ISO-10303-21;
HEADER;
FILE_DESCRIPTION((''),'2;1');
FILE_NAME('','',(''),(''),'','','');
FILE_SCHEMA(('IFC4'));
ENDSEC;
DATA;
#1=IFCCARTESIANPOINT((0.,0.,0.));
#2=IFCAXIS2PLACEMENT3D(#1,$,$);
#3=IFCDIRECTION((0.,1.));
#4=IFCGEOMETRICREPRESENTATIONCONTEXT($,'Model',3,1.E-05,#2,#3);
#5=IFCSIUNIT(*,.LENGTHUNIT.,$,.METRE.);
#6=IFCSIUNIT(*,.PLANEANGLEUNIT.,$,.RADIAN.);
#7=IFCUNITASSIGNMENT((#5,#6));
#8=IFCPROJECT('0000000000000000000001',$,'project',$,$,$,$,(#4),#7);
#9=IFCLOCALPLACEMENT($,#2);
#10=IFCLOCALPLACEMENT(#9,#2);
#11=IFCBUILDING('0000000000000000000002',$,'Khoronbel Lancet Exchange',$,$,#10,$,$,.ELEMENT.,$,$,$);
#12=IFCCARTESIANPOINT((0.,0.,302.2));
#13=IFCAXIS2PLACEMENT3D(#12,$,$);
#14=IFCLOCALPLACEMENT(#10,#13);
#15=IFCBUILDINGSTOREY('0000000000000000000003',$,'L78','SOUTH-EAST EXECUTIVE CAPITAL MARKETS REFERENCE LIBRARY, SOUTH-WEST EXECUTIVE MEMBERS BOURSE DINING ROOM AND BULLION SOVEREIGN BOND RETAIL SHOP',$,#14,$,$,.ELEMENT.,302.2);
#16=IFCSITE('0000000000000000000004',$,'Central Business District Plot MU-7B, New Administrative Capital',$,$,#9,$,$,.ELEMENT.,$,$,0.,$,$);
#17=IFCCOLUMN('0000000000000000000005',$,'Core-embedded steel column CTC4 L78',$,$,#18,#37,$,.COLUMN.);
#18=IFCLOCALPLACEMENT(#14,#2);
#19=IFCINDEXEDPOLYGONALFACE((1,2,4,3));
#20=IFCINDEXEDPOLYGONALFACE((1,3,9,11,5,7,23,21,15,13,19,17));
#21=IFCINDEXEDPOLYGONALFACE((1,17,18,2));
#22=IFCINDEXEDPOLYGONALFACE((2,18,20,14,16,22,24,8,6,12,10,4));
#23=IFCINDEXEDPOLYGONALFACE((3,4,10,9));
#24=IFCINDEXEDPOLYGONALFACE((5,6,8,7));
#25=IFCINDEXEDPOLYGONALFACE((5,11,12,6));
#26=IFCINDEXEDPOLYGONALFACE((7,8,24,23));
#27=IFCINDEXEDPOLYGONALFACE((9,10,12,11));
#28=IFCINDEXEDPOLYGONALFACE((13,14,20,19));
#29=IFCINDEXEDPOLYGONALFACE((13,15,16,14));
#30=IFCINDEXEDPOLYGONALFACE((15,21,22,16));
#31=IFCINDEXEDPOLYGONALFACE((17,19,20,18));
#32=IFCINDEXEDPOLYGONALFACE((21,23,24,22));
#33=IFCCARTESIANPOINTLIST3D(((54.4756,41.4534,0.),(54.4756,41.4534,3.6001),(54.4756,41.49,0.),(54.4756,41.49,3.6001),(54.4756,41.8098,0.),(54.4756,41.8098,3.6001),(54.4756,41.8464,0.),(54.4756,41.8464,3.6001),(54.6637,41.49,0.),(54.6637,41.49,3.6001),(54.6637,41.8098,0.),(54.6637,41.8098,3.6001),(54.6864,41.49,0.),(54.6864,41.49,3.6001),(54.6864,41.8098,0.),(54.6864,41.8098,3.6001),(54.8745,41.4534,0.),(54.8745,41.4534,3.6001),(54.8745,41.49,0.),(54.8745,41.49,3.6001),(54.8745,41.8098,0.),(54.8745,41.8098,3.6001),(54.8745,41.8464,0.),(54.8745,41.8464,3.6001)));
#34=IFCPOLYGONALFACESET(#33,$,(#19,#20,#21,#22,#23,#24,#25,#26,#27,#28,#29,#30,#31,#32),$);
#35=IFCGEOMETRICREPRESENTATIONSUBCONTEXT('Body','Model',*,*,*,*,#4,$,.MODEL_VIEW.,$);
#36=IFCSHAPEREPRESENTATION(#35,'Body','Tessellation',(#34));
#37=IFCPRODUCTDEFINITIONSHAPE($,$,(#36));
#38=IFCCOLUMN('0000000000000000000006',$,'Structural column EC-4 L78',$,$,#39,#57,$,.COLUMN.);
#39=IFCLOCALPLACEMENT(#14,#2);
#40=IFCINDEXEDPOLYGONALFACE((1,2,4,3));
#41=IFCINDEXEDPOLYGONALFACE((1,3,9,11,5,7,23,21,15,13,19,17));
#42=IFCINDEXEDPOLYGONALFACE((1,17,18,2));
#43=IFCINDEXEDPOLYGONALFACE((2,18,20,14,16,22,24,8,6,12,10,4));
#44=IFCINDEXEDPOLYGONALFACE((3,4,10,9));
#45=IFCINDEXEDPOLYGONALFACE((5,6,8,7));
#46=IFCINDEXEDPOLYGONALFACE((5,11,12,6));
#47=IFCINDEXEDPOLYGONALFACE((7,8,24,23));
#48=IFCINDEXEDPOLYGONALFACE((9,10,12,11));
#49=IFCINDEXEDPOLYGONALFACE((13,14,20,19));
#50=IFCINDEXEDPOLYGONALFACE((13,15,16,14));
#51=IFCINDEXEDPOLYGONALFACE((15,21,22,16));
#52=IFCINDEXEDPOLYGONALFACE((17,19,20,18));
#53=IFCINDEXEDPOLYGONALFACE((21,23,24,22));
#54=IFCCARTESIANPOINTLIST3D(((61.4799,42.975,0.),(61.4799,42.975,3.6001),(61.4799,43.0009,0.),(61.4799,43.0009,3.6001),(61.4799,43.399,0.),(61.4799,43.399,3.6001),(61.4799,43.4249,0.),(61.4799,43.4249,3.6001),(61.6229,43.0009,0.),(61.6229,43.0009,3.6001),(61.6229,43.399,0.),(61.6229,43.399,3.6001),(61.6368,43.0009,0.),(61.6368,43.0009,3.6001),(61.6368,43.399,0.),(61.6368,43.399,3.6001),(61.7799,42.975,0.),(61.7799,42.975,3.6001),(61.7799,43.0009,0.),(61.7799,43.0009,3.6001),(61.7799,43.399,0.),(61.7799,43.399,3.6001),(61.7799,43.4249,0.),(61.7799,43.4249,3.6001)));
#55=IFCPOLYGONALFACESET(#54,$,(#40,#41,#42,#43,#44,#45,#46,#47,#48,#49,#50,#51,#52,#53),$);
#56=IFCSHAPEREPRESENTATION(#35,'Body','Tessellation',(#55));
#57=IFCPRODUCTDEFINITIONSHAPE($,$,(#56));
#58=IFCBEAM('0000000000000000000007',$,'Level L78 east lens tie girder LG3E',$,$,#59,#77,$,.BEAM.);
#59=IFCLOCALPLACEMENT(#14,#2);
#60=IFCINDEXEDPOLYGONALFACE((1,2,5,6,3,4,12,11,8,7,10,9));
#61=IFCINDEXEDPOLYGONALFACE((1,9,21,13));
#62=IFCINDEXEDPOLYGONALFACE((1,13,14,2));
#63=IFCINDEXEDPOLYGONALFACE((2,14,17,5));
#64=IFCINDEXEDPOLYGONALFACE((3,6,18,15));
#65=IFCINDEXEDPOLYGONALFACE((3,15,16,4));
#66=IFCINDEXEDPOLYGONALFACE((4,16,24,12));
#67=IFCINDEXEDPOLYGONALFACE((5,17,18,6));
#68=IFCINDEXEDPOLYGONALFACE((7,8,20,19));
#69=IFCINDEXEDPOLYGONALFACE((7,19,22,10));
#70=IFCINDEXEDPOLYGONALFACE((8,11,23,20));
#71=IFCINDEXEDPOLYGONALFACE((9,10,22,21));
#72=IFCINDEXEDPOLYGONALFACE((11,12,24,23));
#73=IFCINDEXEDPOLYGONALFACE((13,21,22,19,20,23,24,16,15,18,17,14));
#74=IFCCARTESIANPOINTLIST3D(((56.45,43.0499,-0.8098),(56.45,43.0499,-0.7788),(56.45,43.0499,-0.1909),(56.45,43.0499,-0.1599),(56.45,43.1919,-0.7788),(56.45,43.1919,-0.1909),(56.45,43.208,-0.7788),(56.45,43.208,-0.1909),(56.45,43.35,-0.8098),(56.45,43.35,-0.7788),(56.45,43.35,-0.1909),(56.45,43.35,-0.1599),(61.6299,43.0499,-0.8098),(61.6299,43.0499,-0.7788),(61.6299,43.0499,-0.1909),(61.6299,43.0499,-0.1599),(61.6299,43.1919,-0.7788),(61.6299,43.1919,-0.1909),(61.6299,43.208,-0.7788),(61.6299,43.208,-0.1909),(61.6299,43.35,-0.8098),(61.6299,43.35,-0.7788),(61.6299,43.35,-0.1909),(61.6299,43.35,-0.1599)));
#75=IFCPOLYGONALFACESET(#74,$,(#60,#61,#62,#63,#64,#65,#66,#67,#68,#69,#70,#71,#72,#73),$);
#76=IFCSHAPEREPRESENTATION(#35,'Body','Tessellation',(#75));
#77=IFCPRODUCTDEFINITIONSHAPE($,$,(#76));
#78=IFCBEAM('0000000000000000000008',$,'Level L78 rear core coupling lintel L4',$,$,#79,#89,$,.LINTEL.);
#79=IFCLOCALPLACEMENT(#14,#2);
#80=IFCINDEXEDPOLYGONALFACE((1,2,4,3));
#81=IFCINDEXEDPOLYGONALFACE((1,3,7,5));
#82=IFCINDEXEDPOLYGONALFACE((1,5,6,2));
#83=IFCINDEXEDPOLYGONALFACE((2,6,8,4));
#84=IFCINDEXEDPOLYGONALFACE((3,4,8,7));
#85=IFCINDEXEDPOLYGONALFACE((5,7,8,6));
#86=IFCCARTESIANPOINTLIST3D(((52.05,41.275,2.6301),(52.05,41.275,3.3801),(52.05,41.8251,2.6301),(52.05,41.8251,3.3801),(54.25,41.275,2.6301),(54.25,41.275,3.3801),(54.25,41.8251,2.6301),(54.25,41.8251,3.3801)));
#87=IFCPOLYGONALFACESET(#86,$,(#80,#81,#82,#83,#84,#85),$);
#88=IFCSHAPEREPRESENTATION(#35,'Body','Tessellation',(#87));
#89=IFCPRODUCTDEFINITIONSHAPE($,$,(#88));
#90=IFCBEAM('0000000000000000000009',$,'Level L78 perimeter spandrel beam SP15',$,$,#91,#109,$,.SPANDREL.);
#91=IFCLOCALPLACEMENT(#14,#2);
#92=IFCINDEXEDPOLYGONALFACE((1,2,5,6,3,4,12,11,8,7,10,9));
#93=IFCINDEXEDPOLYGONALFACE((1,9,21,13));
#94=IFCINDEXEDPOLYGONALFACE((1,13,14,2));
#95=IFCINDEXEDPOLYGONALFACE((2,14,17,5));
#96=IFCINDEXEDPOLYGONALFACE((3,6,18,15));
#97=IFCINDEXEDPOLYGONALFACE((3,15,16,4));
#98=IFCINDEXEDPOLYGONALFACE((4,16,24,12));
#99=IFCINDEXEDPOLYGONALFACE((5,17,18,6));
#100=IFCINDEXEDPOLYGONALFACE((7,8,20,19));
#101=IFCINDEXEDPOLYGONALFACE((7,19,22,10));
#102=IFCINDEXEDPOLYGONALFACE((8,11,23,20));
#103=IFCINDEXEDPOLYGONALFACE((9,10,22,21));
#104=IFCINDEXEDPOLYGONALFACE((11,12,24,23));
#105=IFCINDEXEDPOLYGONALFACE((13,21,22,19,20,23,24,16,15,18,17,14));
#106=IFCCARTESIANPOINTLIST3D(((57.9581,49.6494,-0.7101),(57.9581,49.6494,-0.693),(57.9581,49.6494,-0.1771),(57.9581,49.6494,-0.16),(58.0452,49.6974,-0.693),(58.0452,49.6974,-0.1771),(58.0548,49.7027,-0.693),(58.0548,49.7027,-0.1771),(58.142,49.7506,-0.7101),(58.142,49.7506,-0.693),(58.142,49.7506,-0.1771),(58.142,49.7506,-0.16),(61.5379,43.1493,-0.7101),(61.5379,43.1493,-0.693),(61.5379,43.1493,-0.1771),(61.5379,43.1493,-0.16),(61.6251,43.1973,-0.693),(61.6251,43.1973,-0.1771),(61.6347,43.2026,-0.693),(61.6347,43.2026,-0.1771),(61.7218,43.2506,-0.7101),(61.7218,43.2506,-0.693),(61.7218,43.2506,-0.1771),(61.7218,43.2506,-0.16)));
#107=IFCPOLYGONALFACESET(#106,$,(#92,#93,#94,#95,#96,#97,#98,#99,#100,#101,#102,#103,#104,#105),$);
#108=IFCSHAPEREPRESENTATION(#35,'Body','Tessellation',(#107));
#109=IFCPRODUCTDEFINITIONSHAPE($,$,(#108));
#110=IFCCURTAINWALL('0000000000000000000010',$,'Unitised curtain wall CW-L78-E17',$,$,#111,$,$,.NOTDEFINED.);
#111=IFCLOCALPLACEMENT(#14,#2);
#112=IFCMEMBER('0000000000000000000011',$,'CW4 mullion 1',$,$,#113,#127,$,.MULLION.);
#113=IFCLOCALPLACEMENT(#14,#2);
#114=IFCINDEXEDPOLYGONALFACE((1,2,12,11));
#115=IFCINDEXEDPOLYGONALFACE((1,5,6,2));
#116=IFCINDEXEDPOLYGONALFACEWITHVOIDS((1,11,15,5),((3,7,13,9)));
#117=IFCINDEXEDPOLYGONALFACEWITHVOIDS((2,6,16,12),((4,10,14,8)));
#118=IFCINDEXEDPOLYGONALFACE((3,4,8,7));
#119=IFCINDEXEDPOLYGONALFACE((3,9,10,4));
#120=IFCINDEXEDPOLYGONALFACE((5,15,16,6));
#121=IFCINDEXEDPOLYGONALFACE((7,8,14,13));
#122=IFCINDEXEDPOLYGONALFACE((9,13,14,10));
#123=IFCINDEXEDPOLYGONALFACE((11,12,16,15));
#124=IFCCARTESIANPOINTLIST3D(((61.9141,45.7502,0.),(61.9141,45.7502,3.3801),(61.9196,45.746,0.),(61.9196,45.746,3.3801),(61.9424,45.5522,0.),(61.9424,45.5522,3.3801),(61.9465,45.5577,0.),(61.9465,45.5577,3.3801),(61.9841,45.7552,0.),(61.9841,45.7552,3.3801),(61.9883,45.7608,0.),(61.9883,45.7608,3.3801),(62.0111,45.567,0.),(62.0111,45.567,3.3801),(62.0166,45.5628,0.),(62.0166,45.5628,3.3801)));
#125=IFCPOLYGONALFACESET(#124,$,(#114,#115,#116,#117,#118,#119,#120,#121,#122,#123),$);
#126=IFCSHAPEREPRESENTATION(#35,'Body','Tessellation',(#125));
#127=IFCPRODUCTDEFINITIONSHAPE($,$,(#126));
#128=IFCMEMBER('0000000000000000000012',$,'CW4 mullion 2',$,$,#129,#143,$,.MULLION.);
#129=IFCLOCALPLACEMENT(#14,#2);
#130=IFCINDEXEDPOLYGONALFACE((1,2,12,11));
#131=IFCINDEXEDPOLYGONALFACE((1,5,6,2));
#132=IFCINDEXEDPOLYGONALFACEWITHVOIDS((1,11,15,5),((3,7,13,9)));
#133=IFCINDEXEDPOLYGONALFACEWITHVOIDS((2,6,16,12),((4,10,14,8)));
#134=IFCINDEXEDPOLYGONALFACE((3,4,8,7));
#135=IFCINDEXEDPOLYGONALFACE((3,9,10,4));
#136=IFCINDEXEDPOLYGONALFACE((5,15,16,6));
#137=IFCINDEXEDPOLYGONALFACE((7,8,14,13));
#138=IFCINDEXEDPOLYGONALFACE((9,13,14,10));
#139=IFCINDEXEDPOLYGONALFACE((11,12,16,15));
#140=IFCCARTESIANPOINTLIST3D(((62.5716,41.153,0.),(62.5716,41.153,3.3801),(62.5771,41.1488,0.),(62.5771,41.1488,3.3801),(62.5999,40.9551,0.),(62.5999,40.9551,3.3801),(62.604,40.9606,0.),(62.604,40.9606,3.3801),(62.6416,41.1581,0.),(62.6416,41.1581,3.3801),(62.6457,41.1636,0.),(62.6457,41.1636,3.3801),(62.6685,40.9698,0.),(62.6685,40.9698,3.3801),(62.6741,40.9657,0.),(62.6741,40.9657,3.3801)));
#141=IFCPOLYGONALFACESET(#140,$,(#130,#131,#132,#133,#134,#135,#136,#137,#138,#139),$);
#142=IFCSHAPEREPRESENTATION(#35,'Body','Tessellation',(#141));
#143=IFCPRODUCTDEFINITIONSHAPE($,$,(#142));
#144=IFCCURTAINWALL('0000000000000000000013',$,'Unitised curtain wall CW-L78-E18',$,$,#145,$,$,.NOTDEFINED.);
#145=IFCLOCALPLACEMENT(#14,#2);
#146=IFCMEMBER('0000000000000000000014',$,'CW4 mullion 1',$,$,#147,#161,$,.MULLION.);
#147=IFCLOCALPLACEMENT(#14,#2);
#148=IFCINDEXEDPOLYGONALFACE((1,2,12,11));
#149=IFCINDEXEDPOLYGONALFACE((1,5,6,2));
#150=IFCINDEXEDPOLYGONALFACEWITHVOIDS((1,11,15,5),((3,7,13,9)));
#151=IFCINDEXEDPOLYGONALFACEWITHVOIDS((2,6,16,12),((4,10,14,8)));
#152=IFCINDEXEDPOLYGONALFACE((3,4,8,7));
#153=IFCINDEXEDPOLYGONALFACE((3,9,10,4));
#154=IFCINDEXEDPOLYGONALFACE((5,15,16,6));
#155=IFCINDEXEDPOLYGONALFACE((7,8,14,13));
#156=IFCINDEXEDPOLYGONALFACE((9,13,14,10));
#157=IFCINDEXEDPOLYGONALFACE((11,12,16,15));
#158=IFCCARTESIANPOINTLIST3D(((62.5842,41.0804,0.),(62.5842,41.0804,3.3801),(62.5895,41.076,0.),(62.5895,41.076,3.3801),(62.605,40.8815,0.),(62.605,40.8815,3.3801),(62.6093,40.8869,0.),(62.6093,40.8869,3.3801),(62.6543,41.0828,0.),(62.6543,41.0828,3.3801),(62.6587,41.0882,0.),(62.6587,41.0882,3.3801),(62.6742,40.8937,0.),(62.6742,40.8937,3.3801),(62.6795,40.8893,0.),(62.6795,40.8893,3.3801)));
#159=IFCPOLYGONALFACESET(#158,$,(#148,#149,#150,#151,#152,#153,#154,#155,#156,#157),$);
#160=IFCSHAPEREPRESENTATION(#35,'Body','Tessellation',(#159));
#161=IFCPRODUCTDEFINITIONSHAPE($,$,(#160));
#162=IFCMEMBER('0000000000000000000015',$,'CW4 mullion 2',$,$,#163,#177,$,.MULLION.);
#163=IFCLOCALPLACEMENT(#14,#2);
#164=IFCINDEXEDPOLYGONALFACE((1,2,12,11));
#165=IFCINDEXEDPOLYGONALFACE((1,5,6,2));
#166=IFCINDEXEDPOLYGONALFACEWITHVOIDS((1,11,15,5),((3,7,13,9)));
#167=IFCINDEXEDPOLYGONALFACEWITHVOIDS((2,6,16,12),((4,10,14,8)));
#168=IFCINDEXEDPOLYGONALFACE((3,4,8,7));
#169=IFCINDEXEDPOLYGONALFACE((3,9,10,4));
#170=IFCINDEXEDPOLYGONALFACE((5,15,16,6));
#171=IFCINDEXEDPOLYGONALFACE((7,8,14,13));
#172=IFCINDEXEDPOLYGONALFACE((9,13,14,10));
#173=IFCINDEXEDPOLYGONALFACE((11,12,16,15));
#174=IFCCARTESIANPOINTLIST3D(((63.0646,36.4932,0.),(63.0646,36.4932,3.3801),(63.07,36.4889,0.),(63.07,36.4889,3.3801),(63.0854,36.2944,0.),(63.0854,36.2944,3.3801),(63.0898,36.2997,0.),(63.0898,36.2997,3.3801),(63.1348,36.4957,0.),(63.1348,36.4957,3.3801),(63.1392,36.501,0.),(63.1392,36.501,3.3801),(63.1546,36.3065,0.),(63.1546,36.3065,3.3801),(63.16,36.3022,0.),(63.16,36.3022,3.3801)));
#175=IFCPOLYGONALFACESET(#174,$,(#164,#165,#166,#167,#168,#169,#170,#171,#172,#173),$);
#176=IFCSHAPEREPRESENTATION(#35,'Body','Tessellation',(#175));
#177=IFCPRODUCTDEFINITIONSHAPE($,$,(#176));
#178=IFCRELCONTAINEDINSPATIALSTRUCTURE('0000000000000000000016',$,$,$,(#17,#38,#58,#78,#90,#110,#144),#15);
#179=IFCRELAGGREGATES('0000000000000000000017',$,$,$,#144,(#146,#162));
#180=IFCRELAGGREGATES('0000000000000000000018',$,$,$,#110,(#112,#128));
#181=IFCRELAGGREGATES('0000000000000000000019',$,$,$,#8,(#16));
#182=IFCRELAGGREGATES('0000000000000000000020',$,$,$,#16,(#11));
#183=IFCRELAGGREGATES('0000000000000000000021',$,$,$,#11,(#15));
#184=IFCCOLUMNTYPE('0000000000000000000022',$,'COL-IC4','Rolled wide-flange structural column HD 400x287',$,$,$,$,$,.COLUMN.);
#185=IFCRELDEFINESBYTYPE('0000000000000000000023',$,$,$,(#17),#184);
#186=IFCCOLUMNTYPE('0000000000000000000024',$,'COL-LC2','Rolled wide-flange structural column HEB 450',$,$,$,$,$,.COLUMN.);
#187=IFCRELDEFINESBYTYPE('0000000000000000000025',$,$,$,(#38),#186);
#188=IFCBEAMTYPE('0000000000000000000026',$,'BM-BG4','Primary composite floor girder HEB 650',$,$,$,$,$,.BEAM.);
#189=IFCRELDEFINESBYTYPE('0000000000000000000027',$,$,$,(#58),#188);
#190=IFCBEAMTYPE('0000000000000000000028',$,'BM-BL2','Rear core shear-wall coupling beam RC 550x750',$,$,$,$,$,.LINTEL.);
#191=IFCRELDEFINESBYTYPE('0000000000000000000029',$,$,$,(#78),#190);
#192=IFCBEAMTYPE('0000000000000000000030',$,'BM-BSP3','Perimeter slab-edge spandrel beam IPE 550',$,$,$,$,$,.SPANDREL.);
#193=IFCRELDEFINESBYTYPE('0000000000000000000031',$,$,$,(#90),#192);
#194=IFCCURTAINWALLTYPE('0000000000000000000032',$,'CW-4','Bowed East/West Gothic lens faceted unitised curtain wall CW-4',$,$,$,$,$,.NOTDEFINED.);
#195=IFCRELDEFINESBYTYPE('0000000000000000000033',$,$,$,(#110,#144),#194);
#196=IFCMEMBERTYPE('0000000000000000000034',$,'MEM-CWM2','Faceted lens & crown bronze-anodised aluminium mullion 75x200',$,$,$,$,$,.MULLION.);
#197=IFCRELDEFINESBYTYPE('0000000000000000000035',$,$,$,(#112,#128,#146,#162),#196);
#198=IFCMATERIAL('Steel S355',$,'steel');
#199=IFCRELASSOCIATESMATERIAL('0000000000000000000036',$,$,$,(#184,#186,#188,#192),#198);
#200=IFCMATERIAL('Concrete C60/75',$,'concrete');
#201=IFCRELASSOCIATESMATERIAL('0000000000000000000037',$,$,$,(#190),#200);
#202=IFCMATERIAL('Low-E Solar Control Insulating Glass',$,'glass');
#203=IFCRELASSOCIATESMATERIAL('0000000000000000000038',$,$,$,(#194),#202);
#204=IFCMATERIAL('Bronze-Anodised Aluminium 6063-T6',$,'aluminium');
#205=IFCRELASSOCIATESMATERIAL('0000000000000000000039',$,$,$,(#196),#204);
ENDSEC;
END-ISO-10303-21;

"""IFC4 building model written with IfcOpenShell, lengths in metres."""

from ifc_helpers import new_model, si_unit, direction, frame, origin, origin_2d, place, context, subcontext, project, spatial, rectangle, hollow_rectangle, i_section, extrude, material, material_profile, profile_set, type_object, element, aggregate, save


model = new_model("IFC4")

# Units and contexts
model_context = context("Model", 3, precision=1e-05, world=origin(), true_north=direction((0.0, 1.0)))
body_context = subcontext(model_context, "Body", "Model", "MODEL_VIEW")
ifc_project = project(units=[si_unit("LENGTHUNIT", "METRE"), si_unit("PLANEANGLEUNIT", "RADIAN")], contexts=[model_context])

# Site, building, storey
site_placement = place(None, origin())
site = spatial("IfcSite", under=ifc_project, at=site_placement, Name="Central Business District Plot MU-7B, New Administrative Capital", CompositionType="ELEMENT", RefElevation=0.0)
building_placement = place(site_placement, origin())
building = spatial("IfcBuilding", under=site, at=building_placement, Name="Khoronbel Lancet Exchange", CompositionType="ELEMENT")
storey_placement = place(building_placement, frame((0.0, 0.0, 302.2)))
storey = spatial("IfcBuildingStorey", under=building, at=storey_placement, Name="L78", Description="SOUTH-EAST EXECUTIVE CAPITAL MARKETS REFERENCE LIBRARY, SOUTH-WEST EXECUTIVE MEMBERS BOURSE DINING ROOM AND BULLION SOVEREIGN BOND RETAIL SHOP", CompositionType="ELEMENT", Elevation=302.2)

# Columns
ifc_material_1 = material(Name="Steel S355", Category="steel")
ifc_material_profile_1 = material_profile(ifc_material_1, i_section(OverallWidth=0.3989, OverallDepth=0.3931, WebThickness=0.0227, FlangeThickness=0.0366, at=origin_2d()), Name="HD 400x287")
ifc_profile_set_1 = profile_set([ifc_material_profile_1], Name="Steel S355")
column_type_1 = type_object("IfcColumnType", Name="COL-IC4", Description="Rolled wide-flange structural column HD 400x287", PredefinedType="COLUMN", material=ifc_profile_set_1)
column_1_placement = place(storey_placement, frame((54.675, 41.6499, 0.0), z_axis=(0.0, 0.0, 1.0), x_axis=(1.0, 0.0, 0.0)))
element("IfcColumn", 1, at=column_1_placement, inside=storey, type_object=column_type_1, Name="Core-embedded steel column CTC4 L78", PredefinedType="COLUMN", context=body_context, shape_type="SweptSolid", body=[
    extrude(i_section(OverallWidth=0.3989, OverallDepth=0.3931, WebThickness=0.0227, FlangeThickness=0.0366, at=origin_2d()), origin(), (0.0, 0.0, 1.0), 3.6001),
])
ifc_material_profile_2 = material_profile(ifc_material_1, i_section(OverallWidth=0.3, OverallDepth=0.45, WebThickness=0.0139, FlangeThickness=0.0259, at=origin_2d()), Name="HEB 450")
ifc_profile_set_2 = profile_set([ifc_material_profile_2], Name="Steel S355")
column_type_2 = type_object("IfcColumnType", Name="COL-LC2", Description="Rolled wide-flange structural column HEB 450", PredefinedType="COLUMN", material=ifc_profile_set_2)
column_2_placement = place(storey_placement, frame((61.6299, 43.2, 0.0), z_axis=(0.0, 0.0, 1.0), x_axis=(1.0, 0.0, 0.0)))
element("IfcColumn", 2, at=column_2_placement, inside=storey, type_object=column_type_2, Name="Structural column EC-4 L78", PredefinedType="COLUMN", context=body_context, shape_type="SweptSolid", body=[
    extrude(i_section(OverallWidth=0.3, OverallDepth=0.45, WebThickness=0.0139, FlangeThickness=0.0259, at=origin_2d()), origin(), (0.0, 0.0, 1.0), 3.6001),
])

# Beams
ifc_material_profile_3 = material_profile(ifc_material_1, i_section(OverallWidth=0.3, OverallDepth=0.6499, WebThickness=0.0161, FlangeThickness=0.031, at=origin_2d()), Name="HEB 650")
ifc_profile_set_3 = profile_set([ifc_material_profile_3], Name="Steel S355")
beam_type_1 = type_object("IfcBeamType", Name="BM-BG4", Description="Primary composite floor girder HEB 650", PredefinedType="BEAM", material=ifc_profile_set_3)
beam_1_placement = place(storey_placement, frame((56.45, 43.2, -0.4849), z_axis=(1.0, 0.0, 0.0), x_axis=(0.0, 1.0, 0.0)))
element("IfcBeam", 3, at=beam_1_placement, inside=storey, type_object=beam_type_1, Name="Level L78 east lens tie girder LG3E", PredefinedType="BEAM", context=body_context, shape_type="SweptSolid", body=[
    extrude(i_section(OverallWidth=0.3, OverallDepth=0.6499, WebThickness=0.0161, FlangeThickness=0.031, at=origin_2d()), origin(), (0.0, 0.0, 1.0), 5.1799),
])
ifc_material_2 = material(Name="Concrete C60/75", Category="concrete")
ifc_material_profile_4 = material_profile(ifc_material_2, rectangle(XDim=0.55, YDim=0.75, at=origin_2d()), Name="RC 550x750")
ifc_profile_set_4 = profile_set([ifc_material_profile_4], Name="Concrete C60/75")
beam_type_2 = type_object("IfcBeamType", Name="BM-BL2", Description="Rear core shear-wall coupling beam RC 550x750", PredefinedType="LINTEL", material=ifc_profile_set_4)
beam_2_placement = place(storey_placement, frame((52.05, 41.55, 3.0051), z_axis=(1.0, 0.0, 0.0), x_axis=(0.0, 1.0, 0.0)))
element("IfcBeam", 4, at=beam_2_placement, inside=storey, type_object=beam_type_2, Name="Level L78 rear core coupling lintel L4", PredefinedType="LINTEL", context=body_context, shape_type="SweptSolid", body=[
    extrude(rectangle(XDim=0.55, YDim=0.75, at=origin_2d()), origin(), (0.0, 0.0, 1.0), 2.2),
])
ifc_material_profile_5 = material_profile(ifc_material_1, i_section(OverallWidth=0.21, OverallDepth=0.55, WebThickness=0.011, FlangeThickness=0.0171, at=origin_2d()), Name="IPE 550")
ifc_profile_set_5 = profile_set([ifc_material_profile_5], Name="Steel S355")
beam_type_3 = type_object("IfcBeamType", Name="BM-BSP3", Description="Perimeter slab-edge spandrel beam IPE 550", PredefinedType="SPANDREL", material=ifc_profile_set_5)
beam_3_placement = place(storey_placement, frame((61.6299, 43.2, -0.4351), z_axis=(-0.482419, 0.875941, 0.0), x_axis=(-0.875941, -0.482419, 0.0)))
element("IfcBeam", 5, at=beam_3_placement, inside=storey, type_object=beam_type_3, Name="Level L78 perimeter spandrel beam SP15", PredefinedType="SPANDREL", context=body_context, shape_type="SweptSolid", body=[
    extrude(i_section(OverallWidth=0.21, OverallDepth=0.55, WebThickness=0.011, FlangeThickness=0.0171, at=origin_2d()), origin(), (0.0, 0.0, 1.0), 7.4207),
])

# Curtain walls, members
ifc_material_3 = material(Name="Low-E Solar Control Insulating Glass", Category="glass")
curtain_wall_type = type_object("IfcCurtainWallType", Name="CW-4", Description="Bowed East/West Gothic lens faceted unitised curtain wall CW-4", PredefinedType="NOTDEFINED", material=ifc_material_3)
curtain_wall_1_placement = place(storey_placement, origin())
curtain_wall_1 = element("IfcCurtainWall", 6, at=curtain_wall_1_placement, inside=storey, type_object=curtain_wall_type, Name="Unitised curtain wall CW-L78-E17", PredefinedType="NOTDEFINED")
ifc_material_4 = material(Name="Bronze-Anodised Aluminium 6063-T6", Category="aluminium")
ifc_material_profile_6 = material_profile(ifc_material_4, hollow_rectangle(XDim=0.075, YDim=0.2, WallThickness=0.0049, at=origin_2d()), Name="ALU MULLION 75x200")
ifc_profile_set_6 = profile_set([ifc_material_profile_6], Name="Bronze-Anodised Aluminium 6063-T6")
member_type_1 = type_object("IfcMemberType", Name="MEM-CWM2", Description="Faceted lens & crown bronze-anodised aluminium mullion 75x200", PredefinedType="MULLION", material=ifc_profile_set_6)
member_1_placement = place(storey_placement, frame((61.9653, 45.6565, 0.0), z_axis=(0.0, 0.0, 1.0), x_axis=(0.98993, 0.141558, 0.0)))
member_1 = element("IfcMember", 7, at=member_1_placement, type_object=member_type_1, Name="CW4 mullion 1", PredefinedType="MULLION", context=body_context, shape_type="SweptSolid", body=[
    extrude(hollow_rectangle(XDim=0.075, YDim=0.2, WallThickness=0.0049, at=origin_2d()), origin(), (0.0, 0.0, 1.0), 3.3801),
])
member_2_placement = place(storey_placement, frame((62.6228, 41.0593, 0.0), z_axis=(0.0, 0.0, 1.0), x_axis=(0.98993, 0.141558, 0.0)))
member_2 = element("IfcMember", 8, at=member_2_placement, type_object=member_type_1, Name="CW4 mullion 2", PredefinedType="MULLION", context=body_context, shape_type="SweptSolid", body=[
    extrude(hollow_rectangle(XDim=0.075, YDim=0.2, WallThickness=0.0049, at=origin_2d()), origin(), (0.0, 0.0, 1.0), 3.3801),
])
curtain_wall_2_placement = place(storey_placement, origin())
curtain_wall_2 = element("IfcCurtainWall", 9, at=curtain_wall_2_placement, inside=storey, type_object=curtain_wall_type, Name="Unitised curtain wall CW-L78-E18", PredefinedType="NOTDEFINED")
member_3_placement = place(storey_placement, frame((62.6318, 40.9849, 0.0), z_axis=(0.0, 0.0, 1.0), x_axis=(0.994564, 0.104131, 0.0)))
member_3 = element("IfcMember", 10, at=member_3_placement, type_object=member_type_1, Name="CW4 mullion 1", PredefinedType="MULLION", context=body_context, shape_type="SweptSolid", body=[
    extrude(hollow_rectangle(XDim=0.075, YDim=0.2, WallThickness=0.0049, at=origin_2d()), origin(), (0.0, 0.0, 1.0), 3.3801),
])
member_4_placement = place(storey_placement, frame((63.1123, 36.3977, 0.0), z_axis=(0.0, 0.0, 1.0), x_axis=(0.994564, 0.104131, 0.0)))
member_4 = element("IfcMember", 11, at=member_4_placement, type_object=member_type_1, Name="CW4 mullion 2", PredefinedType="MULLION", context=body_context, shape_type="SweptSolid", body=[
    extrude(hollow_rectangle(XDim=0.075, YDim=0.2, WallThickness=0.0049, at=origin_2d()), origin(), (0.0, 0.0, 1.0), 3.3801),
])

aggregate(curtain_wall_2, [member_3, member_4])
aggregate(curtain_wall_1, [member_1, member_2])

save(model, "model.ifc")
